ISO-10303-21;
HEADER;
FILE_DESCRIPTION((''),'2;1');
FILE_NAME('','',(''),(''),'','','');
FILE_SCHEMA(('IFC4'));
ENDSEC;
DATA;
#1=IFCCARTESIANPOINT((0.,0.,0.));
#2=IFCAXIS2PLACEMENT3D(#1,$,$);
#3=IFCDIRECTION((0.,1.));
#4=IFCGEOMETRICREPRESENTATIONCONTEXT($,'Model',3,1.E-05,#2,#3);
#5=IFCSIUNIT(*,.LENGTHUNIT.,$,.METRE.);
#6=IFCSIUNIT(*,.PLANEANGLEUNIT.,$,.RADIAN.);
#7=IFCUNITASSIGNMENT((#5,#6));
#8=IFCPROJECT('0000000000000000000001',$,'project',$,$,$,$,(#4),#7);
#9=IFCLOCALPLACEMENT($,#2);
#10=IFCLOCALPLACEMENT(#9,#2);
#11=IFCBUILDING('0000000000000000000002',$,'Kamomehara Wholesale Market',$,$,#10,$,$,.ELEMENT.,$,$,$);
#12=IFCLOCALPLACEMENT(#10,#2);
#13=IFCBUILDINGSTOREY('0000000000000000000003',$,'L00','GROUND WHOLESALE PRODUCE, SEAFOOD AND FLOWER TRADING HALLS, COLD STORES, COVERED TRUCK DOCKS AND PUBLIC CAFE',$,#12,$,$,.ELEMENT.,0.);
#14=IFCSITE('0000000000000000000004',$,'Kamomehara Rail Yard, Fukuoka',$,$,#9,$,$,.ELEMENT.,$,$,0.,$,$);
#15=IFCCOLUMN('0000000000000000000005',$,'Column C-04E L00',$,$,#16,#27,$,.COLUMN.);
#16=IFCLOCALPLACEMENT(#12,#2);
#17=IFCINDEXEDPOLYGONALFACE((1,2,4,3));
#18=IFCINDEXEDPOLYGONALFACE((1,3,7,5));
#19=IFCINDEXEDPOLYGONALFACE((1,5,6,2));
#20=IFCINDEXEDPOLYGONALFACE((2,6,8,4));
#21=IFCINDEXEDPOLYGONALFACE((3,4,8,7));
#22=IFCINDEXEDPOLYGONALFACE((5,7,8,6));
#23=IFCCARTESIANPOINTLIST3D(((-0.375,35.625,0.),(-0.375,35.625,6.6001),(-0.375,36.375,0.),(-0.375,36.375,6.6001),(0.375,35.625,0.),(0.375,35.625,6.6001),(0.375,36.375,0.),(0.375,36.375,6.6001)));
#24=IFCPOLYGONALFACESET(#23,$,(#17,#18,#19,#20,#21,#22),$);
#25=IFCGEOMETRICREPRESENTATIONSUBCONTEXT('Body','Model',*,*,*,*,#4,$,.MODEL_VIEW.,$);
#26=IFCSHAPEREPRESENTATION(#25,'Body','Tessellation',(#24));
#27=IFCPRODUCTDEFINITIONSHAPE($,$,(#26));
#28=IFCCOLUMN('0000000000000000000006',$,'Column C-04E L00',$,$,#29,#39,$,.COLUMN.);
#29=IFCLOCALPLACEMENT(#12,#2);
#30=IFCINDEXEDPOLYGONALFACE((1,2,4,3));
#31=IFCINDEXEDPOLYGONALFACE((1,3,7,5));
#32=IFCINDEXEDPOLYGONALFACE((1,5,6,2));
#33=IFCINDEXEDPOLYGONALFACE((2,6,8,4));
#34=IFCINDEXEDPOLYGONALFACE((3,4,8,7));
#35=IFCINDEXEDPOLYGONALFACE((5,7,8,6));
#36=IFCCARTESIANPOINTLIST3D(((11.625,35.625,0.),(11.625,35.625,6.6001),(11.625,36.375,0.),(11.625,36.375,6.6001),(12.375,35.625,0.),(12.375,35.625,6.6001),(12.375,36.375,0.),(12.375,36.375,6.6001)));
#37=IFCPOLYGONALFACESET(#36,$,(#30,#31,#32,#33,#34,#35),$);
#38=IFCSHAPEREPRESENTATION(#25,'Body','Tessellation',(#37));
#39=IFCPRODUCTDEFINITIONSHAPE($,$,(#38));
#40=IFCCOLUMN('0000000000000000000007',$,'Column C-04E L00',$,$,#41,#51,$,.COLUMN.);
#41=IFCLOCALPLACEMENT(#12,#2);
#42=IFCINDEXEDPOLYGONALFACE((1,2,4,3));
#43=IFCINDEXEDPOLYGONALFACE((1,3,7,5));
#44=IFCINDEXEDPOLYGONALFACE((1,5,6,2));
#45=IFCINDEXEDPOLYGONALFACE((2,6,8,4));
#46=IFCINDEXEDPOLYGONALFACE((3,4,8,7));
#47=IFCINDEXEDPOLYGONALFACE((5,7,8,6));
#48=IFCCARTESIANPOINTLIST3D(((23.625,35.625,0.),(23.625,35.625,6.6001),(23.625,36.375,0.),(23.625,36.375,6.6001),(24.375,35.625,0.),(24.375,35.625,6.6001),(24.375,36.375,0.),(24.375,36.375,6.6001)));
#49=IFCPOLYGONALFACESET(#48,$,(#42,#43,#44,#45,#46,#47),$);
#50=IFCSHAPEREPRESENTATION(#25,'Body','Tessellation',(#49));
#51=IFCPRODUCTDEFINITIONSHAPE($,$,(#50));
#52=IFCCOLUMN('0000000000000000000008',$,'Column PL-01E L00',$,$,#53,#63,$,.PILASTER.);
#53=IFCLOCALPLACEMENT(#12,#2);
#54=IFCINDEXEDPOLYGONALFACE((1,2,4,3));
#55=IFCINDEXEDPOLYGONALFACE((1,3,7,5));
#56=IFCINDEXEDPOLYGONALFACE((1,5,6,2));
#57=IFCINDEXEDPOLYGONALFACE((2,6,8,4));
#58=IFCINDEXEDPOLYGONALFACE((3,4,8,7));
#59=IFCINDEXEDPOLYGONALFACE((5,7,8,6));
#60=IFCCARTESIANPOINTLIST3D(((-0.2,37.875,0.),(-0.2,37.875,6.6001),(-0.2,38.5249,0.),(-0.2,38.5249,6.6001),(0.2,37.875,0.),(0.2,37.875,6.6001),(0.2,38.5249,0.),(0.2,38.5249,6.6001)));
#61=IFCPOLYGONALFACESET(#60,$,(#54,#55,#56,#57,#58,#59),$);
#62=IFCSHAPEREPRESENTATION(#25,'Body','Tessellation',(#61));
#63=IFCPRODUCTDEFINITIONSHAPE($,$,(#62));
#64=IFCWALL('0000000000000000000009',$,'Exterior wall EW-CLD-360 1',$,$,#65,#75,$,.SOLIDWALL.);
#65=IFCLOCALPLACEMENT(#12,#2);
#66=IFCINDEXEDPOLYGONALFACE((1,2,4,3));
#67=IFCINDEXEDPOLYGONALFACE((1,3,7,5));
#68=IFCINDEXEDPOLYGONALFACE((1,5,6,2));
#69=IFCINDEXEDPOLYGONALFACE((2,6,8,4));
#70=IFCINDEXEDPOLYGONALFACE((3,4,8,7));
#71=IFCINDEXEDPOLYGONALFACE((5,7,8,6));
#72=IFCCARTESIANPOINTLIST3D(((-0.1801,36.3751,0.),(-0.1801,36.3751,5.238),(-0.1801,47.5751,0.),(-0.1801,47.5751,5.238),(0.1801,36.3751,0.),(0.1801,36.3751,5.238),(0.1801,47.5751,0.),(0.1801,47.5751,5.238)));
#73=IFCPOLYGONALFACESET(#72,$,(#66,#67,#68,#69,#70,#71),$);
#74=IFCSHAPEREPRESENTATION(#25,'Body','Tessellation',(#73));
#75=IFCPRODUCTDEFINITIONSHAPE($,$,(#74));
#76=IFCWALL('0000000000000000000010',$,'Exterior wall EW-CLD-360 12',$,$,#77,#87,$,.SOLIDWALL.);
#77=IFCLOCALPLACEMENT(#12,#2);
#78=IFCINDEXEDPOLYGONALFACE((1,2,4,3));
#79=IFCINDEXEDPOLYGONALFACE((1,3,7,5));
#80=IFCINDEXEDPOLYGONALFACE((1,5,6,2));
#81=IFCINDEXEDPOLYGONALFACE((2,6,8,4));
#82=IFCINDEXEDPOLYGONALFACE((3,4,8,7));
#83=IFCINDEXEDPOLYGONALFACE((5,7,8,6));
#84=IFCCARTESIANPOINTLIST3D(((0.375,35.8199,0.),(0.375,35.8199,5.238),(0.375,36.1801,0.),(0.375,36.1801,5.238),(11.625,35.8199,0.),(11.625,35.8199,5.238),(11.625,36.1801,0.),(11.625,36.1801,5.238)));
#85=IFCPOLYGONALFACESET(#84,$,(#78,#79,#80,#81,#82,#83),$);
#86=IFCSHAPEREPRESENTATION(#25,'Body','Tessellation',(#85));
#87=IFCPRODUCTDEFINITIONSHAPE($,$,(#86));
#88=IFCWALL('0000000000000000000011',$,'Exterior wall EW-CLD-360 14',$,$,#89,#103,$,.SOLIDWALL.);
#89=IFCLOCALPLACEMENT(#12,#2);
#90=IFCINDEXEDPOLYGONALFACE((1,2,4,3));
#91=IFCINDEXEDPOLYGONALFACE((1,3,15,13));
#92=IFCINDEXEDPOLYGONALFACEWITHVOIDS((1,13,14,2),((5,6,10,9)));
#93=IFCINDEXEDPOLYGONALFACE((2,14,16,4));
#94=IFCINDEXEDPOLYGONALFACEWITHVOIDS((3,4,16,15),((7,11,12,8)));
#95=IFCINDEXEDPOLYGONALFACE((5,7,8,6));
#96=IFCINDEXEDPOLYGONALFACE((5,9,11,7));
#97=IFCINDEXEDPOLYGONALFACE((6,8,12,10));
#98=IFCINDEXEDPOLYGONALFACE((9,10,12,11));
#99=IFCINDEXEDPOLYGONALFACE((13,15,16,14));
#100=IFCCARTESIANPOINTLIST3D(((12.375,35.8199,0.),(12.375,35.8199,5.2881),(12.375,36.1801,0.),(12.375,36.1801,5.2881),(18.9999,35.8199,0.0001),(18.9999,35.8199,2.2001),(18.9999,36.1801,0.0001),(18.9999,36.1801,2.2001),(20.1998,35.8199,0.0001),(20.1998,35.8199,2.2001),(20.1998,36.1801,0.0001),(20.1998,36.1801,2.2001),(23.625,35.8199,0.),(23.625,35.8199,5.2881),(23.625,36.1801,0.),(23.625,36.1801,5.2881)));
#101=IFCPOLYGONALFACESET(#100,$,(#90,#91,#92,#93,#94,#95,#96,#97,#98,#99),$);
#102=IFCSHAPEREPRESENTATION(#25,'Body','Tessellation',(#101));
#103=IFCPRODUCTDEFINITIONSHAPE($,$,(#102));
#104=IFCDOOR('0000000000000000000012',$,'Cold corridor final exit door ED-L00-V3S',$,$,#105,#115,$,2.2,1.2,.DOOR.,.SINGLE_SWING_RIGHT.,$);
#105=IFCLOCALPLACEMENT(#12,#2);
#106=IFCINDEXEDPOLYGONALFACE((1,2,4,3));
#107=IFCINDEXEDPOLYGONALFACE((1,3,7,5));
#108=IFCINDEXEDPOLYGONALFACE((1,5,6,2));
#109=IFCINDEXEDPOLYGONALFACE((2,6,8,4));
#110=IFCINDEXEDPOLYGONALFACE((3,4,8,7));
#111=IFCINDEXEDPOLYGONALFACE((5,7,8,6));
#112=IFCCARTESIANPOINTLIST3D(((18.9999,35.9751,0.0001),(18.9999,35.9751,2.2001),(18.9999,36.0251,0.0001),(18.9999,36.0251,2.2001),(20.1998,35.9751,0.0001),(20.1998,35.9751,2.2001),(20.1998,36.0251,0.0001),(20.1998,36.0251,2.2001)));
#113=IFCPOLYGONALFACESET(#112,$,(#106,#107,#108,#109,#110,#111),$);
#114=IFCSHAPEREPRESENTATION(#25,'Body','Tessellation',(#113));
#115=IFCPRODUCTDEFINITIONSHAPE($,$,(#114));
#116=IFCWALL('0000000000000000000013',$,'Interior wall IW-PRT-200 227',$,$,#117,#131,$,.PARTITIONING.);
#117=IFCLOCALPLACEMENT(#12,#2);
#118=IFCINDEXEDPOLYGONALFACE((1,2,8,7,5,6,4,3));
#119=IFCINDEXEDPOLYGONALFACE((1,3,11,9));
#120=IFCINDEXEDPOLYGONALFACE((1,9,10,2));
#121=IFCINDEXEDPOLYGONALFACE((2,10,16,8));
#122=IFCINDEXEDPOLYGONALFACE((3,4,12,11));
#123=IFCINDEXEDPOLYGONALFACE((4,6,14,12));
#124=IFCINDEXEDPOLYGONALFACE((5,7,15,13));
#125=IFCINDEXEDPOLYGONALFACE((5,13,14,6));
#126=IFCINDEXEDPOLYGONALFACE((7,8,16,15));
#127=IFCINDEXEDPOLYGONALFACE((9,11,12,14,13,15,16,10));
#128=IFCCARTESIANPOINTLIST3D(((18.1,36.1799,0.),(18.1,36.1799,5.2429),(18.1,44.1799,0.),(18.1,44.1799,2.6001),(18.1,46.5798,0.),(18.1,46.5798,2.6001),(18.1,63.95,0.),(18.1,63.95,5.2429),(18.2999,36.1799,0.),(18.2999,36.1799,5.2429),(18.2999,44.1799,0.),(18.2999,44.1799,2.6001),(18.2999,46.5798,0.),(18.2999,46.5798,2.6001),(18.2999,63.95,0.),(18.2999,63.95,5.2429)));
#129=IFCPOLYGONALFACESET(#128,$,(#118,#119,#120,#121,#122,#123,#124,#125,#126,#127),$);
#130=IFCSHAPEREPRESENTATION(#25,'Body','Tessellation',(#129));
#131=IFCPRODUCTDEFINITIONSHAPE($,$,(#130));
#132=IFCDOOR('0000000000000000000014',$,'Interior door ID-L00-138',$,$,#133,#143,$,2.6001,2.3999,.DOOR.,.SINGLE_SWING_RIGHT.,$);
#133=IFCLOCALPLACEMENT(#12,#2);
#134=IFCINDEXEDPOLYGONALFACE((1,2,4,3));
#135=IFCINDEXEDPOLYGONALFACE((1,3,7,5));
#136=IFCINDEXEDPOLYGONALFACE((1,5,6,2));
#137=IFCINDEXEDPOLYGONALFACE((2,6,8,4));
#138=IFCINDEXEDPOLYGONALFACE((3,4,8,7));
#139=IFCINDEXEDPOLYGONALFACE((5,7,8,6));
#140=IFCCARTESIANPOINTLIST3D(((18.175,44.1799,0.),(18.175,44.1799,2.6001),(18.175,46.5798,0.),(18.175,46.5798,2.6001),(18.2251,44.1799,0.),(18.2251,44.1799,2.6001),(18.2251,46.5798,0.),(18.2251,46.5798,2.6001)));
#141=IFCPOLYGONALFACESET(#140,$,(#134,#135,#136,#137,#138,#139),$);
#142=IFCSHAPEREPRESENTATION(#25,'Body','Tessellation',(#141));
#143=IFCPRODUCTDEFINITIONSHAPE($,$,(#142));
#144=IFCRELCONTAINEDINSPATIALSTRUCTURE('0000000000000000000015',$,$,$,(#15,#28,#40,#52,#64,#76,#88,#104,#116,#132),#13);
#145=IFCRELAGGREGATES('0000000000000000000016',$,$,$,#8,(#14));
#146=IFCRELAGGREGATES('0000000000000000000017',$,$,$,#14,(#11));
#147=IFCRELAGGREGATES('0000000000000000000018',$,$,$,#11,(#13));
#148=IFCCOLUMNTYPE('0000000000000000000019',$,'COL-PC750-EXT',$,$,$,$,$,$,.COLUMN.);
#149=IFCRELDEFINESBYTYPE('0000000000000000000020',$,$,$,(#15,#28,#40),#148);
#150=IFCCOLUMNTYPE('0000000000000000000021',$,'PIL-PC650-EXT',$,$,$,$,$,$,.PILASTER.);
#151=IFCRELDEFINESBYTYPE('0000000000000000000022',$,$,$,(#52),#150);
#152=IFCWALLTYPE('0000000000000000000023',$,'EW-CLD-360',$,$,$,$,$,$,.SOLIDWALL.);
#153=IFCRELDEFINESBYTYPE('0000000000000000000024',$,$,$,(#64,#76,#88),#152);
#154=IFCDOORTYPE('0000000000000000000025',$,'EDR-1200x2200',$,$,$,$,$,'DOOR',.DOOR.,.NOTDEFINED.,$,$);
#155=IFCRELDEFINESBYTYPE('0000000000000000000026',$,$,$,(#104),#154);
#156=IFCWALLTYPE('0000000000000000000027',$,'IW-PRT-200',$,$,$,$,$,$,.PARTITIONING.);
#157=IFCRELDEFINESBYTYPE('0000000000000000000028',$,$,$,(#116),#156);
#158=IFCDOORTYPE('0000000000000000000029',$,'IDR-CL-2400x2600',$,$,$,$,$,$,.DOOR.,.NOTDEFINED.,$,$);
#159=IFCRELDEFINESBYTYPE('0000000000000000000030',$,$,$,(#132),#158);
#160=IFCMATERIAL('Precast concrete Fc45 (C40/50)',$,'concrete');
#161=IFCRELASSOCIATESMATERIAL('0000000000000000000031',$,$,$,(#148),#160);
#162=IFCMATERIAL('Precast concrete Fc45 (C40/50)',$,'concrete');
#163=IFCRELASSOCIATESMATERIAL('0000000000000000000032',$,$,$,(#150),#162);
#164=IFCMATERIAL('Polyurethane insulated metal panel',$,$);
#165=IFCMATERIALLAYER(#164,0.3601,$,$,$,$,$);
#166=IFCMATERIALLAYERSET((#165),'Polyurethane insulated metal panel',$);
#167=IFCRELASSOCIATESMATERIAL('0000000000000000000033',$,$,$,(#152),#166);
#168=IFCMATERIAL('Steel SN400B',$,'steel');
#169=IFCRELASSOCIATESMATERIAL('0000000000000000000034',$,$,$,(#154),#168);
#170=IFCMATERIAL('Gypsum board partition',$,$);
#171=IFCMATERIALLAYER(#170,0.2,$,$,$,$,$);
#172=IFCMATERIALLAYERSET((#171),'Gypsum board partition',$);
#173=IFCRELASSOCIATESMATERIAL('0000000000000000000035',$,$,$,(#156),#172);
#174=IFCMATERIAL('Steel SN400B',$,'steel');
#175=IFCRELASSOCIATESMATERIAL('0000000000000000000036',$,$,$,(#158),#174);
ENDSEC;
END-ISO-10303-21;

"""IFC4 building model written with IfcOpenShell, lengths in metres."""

from ifc_helpers import new_model, si_unit, direction, frame, frame_2d, origin, origin_2d, place, context, subcontext, project, spatial, rectangle, extrude, material, layer, layer_set, material_profile, profile_set, type_object, element, fill, save


model = new_model("IFC4")

# Units and contexts
model_context = context("Model", 3, precision=1e-05, world=origin(), true_north=direction((0.0, 1.0)))
body_context = subcontext(model_context, "Body", "Model", "MODEL_VIEW")
ifc_project = project(units=[si_unit("LENGTHUNIT", "METRE"), si_unit("PLANEANGLEUNIT", "RADIAN")], contexts=[model_context])

# Site, building, storey
site_placement = place(None, origin())
site = spatial("IfcSite", under=ifc_project, at=site_placement, Name="Kamomehara Rail Yard, Fukuoka", CompositionType="ELEMENT", RefElevation=0.0)
building_placement = place(site_placement, origin())
building = spatial("IfcBuilding", under=site, at=building_placement, Name="Kamomehara Wholesale Market", CompositionType="ELEMENT")
storey_placement = place(building_placement, origin())
storey = spatial("IfcBuildingStorey", under=building, at=storey_placement, Name="L00", Description="GROUND WHOLESALE PRODUCE, SEAFOOD AND FLOWER TRADING HALLS, COLD STORES, COVERED TRUCK DOCKS AND PUBLIC CAFE", CompositionType="ELEMENT", Elevation=0.0)

# Columns
ifc_material_1 = material(Name="Precast concrete Fc45 (C40/50)", Category="concrete")
ifc_material_profile_1 = material_profile(ifc_material_1, rectangle(XDim=0.75, YDim=0.75, at=origin_2d()), Name="PC-COL-750x750")
ifc_profile_set_1 = profile_set([ifc_material_profile_1], Name="Precast concrete Fc45 (C40/50)")
column_type_1 = type_object("IfcColumnType", Name="COL-PC750-EXT", PredefinedType="COLUMN", material=ifc_profile_set_1)
for number, where, z_axis, x_axis, name in (
    (1, (0.0, 36.0, 0.0), (0.0, 0.0, 1.0), (1.0, 0.0, 0.0), "Column C-04E L00"),
    (2, (12.0, 36.0, 0.0), (0.0, 0.0, 1.0), (1.0, 0.0, 0.0), "Column C-04E L00"),
    (3, (24.0, 36.0, 0.0), (0.0, 0.0, 1.0), (1.0, 0.0, 0.0), "Column C-04E L00"),
):
    element("IfcColumn", number, at=place(storey_placement, frame(where, z_axis=z_axis, x_axis=x_axis)), inside=storey, type_object=column_type_1, Name=name, PredefinedType="COLUMN", context=body_context, shape_type="SweptSolid", body=[
        extrude(rectangle(XDim=0.75, YDim=0.75, at=origin_2d()), origin(), (0.0, 0.0, 1.0), 6.6001),
    ])
ifc_material_2 = material(Name="Precast concrete Fc45 (C40/50)", Category="concrete")
ifc_material_profile_2 = material_profile(ifc_material_2, rectangle(XDim=0.3999, YDim=0.6499, at=origin_2d()), Name="PC-PIL-400x650")
ifc_profile_set_2 = profile_set([ifc_material_profile_2], Name="Precast concrete Fc45 (C40/50)")
column_type_2 = type_object("IfcColumnType", Name="PIL-PC650-EXT", PredefinedType="PILASTER", material=ifc_profile_set_2)
column_placement = place(storey_placement, frame((0.0, 38.2, 0.0), z_axis=(0.0, 0.0, 1.0), x_axis=(1.0, 0.0, 0.0)))
element("IfcColumn", 4, at=column_placement, inside=storey, type_object=column_type_2, Name="Column PL-01E L00", PredefinedType="PILASTER", context=body_context, shape_type="SweptSolid", body=[
    extrude(rectangle(XDim=0.3999, YDim=0.6499, at=origin_2d()), origin(), (0.0, 0.0, 1.0), 6.6001),
])

# Walls
ifc_material_3 = material(Name="Polyurethane insulated metal panel")
ifc_layer_1 = layer(ifc_material_3, 0.3601)
ifc_layer_set_1 = layer_set([ifc_layer_1], Name="Polyurethane insulated metal panel")
wall_type_1 = type_object("IfcWallType", Name="EW-CLD-360", PredefinedType="SOLIDWALL", material=ifc_layer_set_1)
wall_1_placement = place(storey_placement, frame((0.0, 36.375, 0.0), z_axis=(0.0, 0.0, 1.0), x_axis=(0.0, 1.0, 0.0)))
element("IfcWall", 5, at=wall_1_placement, inside=storey, type_object=wall_type_1, Name="Exterior wall EW-CLD-360 1", PredefinedType="SOLIDWALL", context=body_context, shape_type="SweptSolid", body=[
    extrude(rectangle(XDim=11.2, YDim=0.3601, at=frame_2d((5.6001, 0.0))), origin(), (0.0, 0.0, 1.0), 5.238),
])
wall_2_placement = place(storey_placement, frame((11.625, 36.0, 0.0), z_axis=(0.0, 0.0, 1.0), x_axis=(-1.0, 0.0, 0.0)))
element("IfcWall", 6, at=wall_2_placement, inside=storey, type_object=wall_type_1, Name="Exterior wall EW-CLD-360 12", PredefinedType="SOLIDWALL", context=body_context, shape_type="SweptSolid", body=[
    extrude(rectangle(XDim=11.25, YDim=0.3601, at=frame_2d((5.625, 0.0))), origin(), (0.0, 0.0, 1.0), 5.238),
])

# Walls, openings, doors
wall_3_placement = place(storey_placement, frame((23.625, 36.0, 0.0), z_axis=(0.0, 0.0, 1.0), x_axis=(-1.0, 0.0, 0.0)))
wall_3 = element("IfcWall", 7, at=wall_3_placement, inside=storey, type_object=wall_type_1, Name="Exterior wall EW-CLD-360 14", PredefinedType="SOLIDWALL", context=body_context, shape_type="SweptSolid", body=[
    extrude(rectangle(XDim=11.25, YDim=0.3601, at=frame_2d((5.625, 0.0))), origin(), (0.0, 0.0, 1.0), 5.2881),
])
opening_1_placement = place(wall_3_placement, frame((3.425, 0.0, 0.0)))
opening_1 = element("IfcOpeningElement", 8, at=opening_1_placement, cuts=wall_3, PredefinedType="OPENING", context=body_context, shape_type="SweptSolid", body=[
    extrude(rectangle(XDim=1.2, YDim=2.2, at=frame_2d((0.6001, 1.1001))), frame((0.0, 0.1948, 0.0), z_axis=(0.0, -1.0, 0.0), x_axis=(1.0, 0.0, 0.0)), (0.0, 0.0, 1.0), 0.3899),
])
ifc_material_4 = material(Name="Steel SN400B", Category="steel")
door_type_1 = type_object("IfcDoorType", Name="EDR-1200x2200", ElementType="DOOR", OperationType="NOTDEFINED", PredefinedType="DOOR", material=ifc_material_4)
door_1_placement = place(opening_1_placement, origin())
door_1 = element("IfcDoor", 9, at=door_1_placement, inside=storey, type_object=door_type_1, Name="Cold corridor final exit door ED-L00-V3S", OperationType="SINGLE_SWING_RIGHT", OverallHeight=2.2, OverallWidth=1.2, PredefinedType="DOOR", context=body_context, shape_type="SweptSolid", body=[
    extrude(rectangle(XDim=1.2, YDim=2.2, at=frame_2d((0.6001, 1.1001))), frame((0.0, 0.0249, 0.0), z_axis=(0.0, -1.0, 0.0), x_axis=(1.0, 0.0, 0.0)), (0.0, 0.0, 1.0), 0.05),
])
fill(opening_1, door_1)
ifc_material_5 = material(Name="Gypsum board partition")
ifc_layer_2 = layer(ifc_material_5, 0.2)
ifc_layer_set_2 = layer_set([ifc_layer_2], Name="Gypsum board partition")
wall_type_2 = type_object("IfcWallType", Name="IW-PRT-200", PredefinedType="PARTITIONING", material=ifc_layer_set_2)
wall_4_placement = place(storey_placement, frame((18.2, 36.1799, 0.0), z_axis=(0.0, 0.0, 1.0), x_axis=(0.0, 1.0, 0.0)))
wall_4 = element("IfcWall", 10, at=wall_4_placement, inside=storey, type_object=wall_type_2, Name="Interior wall IW-PRT-200 227", PredefinedType="PARTITIONING", context=body_context, shape_type="SweptSolid", body=[
    extrude(rectangle(XDim=27.77, YDim=0.2, at=frame_2d((13.885, 0.0))), origin(), (0.0, 0.0, 1.0), 5.2429),
])
opening_2_placement = place(wall_4_placement, frame((8.0, 0.0, 0.0)))
opening_2 = element("IfcOpeningElement", 11, at=opening_2_placement, cuts=wall_4, PredefinedType="OPENING", context=body_context, shape_type="SweptSolid", body=[
    extrude(rectangle(XDim=2.3999, YDim=2.6001, at=frame_2d((1.2, 1.3))), frame((0.0, 0.1147, 0.0), z_axis=(0.0, -1.0, 0.0), x_axis=(1.0, 0.0, 0.0)), (0.0, 0.0, 1.0), 0.2297),
])
ifc_material_6 = material(Name="Steel SN400B", Category="steel")
door_type_2 = type_object("IfcDoorType", Name="IDR-CL-2400x2600", OperationType="NOTDEFINED", PredefinedType="DOOR", material=ifc_material_6)
door_2_placement = place(opening_2_placement, origin())
door_2 = element("IfcDoor", 12, at=door_2_placement, inside=storey, type_object=door_type_2, Name="Interior door ID-L00-138", OperationType="SINGLE_SWING_RIGHT", OverallHeight=2.6001, OverallWidth=2.3999, PredefinedType="DOOR", context=body_context, shape_type="SweptSolid", body=[
    extrude(rectangle(XDim=2.3999, YDim=2.6001, at=frame_2d((1.2, 1.3))), frame((0.0, 0.0249, 0.0), z_axis=(0.0, -1.0, 0.0), x_axis=(1.0, 0.0, 0.0)), (0.0, 0.0, 1.0), 0.05),
])
fill(opening_2, door_2)

save(model, "model.ifc")
